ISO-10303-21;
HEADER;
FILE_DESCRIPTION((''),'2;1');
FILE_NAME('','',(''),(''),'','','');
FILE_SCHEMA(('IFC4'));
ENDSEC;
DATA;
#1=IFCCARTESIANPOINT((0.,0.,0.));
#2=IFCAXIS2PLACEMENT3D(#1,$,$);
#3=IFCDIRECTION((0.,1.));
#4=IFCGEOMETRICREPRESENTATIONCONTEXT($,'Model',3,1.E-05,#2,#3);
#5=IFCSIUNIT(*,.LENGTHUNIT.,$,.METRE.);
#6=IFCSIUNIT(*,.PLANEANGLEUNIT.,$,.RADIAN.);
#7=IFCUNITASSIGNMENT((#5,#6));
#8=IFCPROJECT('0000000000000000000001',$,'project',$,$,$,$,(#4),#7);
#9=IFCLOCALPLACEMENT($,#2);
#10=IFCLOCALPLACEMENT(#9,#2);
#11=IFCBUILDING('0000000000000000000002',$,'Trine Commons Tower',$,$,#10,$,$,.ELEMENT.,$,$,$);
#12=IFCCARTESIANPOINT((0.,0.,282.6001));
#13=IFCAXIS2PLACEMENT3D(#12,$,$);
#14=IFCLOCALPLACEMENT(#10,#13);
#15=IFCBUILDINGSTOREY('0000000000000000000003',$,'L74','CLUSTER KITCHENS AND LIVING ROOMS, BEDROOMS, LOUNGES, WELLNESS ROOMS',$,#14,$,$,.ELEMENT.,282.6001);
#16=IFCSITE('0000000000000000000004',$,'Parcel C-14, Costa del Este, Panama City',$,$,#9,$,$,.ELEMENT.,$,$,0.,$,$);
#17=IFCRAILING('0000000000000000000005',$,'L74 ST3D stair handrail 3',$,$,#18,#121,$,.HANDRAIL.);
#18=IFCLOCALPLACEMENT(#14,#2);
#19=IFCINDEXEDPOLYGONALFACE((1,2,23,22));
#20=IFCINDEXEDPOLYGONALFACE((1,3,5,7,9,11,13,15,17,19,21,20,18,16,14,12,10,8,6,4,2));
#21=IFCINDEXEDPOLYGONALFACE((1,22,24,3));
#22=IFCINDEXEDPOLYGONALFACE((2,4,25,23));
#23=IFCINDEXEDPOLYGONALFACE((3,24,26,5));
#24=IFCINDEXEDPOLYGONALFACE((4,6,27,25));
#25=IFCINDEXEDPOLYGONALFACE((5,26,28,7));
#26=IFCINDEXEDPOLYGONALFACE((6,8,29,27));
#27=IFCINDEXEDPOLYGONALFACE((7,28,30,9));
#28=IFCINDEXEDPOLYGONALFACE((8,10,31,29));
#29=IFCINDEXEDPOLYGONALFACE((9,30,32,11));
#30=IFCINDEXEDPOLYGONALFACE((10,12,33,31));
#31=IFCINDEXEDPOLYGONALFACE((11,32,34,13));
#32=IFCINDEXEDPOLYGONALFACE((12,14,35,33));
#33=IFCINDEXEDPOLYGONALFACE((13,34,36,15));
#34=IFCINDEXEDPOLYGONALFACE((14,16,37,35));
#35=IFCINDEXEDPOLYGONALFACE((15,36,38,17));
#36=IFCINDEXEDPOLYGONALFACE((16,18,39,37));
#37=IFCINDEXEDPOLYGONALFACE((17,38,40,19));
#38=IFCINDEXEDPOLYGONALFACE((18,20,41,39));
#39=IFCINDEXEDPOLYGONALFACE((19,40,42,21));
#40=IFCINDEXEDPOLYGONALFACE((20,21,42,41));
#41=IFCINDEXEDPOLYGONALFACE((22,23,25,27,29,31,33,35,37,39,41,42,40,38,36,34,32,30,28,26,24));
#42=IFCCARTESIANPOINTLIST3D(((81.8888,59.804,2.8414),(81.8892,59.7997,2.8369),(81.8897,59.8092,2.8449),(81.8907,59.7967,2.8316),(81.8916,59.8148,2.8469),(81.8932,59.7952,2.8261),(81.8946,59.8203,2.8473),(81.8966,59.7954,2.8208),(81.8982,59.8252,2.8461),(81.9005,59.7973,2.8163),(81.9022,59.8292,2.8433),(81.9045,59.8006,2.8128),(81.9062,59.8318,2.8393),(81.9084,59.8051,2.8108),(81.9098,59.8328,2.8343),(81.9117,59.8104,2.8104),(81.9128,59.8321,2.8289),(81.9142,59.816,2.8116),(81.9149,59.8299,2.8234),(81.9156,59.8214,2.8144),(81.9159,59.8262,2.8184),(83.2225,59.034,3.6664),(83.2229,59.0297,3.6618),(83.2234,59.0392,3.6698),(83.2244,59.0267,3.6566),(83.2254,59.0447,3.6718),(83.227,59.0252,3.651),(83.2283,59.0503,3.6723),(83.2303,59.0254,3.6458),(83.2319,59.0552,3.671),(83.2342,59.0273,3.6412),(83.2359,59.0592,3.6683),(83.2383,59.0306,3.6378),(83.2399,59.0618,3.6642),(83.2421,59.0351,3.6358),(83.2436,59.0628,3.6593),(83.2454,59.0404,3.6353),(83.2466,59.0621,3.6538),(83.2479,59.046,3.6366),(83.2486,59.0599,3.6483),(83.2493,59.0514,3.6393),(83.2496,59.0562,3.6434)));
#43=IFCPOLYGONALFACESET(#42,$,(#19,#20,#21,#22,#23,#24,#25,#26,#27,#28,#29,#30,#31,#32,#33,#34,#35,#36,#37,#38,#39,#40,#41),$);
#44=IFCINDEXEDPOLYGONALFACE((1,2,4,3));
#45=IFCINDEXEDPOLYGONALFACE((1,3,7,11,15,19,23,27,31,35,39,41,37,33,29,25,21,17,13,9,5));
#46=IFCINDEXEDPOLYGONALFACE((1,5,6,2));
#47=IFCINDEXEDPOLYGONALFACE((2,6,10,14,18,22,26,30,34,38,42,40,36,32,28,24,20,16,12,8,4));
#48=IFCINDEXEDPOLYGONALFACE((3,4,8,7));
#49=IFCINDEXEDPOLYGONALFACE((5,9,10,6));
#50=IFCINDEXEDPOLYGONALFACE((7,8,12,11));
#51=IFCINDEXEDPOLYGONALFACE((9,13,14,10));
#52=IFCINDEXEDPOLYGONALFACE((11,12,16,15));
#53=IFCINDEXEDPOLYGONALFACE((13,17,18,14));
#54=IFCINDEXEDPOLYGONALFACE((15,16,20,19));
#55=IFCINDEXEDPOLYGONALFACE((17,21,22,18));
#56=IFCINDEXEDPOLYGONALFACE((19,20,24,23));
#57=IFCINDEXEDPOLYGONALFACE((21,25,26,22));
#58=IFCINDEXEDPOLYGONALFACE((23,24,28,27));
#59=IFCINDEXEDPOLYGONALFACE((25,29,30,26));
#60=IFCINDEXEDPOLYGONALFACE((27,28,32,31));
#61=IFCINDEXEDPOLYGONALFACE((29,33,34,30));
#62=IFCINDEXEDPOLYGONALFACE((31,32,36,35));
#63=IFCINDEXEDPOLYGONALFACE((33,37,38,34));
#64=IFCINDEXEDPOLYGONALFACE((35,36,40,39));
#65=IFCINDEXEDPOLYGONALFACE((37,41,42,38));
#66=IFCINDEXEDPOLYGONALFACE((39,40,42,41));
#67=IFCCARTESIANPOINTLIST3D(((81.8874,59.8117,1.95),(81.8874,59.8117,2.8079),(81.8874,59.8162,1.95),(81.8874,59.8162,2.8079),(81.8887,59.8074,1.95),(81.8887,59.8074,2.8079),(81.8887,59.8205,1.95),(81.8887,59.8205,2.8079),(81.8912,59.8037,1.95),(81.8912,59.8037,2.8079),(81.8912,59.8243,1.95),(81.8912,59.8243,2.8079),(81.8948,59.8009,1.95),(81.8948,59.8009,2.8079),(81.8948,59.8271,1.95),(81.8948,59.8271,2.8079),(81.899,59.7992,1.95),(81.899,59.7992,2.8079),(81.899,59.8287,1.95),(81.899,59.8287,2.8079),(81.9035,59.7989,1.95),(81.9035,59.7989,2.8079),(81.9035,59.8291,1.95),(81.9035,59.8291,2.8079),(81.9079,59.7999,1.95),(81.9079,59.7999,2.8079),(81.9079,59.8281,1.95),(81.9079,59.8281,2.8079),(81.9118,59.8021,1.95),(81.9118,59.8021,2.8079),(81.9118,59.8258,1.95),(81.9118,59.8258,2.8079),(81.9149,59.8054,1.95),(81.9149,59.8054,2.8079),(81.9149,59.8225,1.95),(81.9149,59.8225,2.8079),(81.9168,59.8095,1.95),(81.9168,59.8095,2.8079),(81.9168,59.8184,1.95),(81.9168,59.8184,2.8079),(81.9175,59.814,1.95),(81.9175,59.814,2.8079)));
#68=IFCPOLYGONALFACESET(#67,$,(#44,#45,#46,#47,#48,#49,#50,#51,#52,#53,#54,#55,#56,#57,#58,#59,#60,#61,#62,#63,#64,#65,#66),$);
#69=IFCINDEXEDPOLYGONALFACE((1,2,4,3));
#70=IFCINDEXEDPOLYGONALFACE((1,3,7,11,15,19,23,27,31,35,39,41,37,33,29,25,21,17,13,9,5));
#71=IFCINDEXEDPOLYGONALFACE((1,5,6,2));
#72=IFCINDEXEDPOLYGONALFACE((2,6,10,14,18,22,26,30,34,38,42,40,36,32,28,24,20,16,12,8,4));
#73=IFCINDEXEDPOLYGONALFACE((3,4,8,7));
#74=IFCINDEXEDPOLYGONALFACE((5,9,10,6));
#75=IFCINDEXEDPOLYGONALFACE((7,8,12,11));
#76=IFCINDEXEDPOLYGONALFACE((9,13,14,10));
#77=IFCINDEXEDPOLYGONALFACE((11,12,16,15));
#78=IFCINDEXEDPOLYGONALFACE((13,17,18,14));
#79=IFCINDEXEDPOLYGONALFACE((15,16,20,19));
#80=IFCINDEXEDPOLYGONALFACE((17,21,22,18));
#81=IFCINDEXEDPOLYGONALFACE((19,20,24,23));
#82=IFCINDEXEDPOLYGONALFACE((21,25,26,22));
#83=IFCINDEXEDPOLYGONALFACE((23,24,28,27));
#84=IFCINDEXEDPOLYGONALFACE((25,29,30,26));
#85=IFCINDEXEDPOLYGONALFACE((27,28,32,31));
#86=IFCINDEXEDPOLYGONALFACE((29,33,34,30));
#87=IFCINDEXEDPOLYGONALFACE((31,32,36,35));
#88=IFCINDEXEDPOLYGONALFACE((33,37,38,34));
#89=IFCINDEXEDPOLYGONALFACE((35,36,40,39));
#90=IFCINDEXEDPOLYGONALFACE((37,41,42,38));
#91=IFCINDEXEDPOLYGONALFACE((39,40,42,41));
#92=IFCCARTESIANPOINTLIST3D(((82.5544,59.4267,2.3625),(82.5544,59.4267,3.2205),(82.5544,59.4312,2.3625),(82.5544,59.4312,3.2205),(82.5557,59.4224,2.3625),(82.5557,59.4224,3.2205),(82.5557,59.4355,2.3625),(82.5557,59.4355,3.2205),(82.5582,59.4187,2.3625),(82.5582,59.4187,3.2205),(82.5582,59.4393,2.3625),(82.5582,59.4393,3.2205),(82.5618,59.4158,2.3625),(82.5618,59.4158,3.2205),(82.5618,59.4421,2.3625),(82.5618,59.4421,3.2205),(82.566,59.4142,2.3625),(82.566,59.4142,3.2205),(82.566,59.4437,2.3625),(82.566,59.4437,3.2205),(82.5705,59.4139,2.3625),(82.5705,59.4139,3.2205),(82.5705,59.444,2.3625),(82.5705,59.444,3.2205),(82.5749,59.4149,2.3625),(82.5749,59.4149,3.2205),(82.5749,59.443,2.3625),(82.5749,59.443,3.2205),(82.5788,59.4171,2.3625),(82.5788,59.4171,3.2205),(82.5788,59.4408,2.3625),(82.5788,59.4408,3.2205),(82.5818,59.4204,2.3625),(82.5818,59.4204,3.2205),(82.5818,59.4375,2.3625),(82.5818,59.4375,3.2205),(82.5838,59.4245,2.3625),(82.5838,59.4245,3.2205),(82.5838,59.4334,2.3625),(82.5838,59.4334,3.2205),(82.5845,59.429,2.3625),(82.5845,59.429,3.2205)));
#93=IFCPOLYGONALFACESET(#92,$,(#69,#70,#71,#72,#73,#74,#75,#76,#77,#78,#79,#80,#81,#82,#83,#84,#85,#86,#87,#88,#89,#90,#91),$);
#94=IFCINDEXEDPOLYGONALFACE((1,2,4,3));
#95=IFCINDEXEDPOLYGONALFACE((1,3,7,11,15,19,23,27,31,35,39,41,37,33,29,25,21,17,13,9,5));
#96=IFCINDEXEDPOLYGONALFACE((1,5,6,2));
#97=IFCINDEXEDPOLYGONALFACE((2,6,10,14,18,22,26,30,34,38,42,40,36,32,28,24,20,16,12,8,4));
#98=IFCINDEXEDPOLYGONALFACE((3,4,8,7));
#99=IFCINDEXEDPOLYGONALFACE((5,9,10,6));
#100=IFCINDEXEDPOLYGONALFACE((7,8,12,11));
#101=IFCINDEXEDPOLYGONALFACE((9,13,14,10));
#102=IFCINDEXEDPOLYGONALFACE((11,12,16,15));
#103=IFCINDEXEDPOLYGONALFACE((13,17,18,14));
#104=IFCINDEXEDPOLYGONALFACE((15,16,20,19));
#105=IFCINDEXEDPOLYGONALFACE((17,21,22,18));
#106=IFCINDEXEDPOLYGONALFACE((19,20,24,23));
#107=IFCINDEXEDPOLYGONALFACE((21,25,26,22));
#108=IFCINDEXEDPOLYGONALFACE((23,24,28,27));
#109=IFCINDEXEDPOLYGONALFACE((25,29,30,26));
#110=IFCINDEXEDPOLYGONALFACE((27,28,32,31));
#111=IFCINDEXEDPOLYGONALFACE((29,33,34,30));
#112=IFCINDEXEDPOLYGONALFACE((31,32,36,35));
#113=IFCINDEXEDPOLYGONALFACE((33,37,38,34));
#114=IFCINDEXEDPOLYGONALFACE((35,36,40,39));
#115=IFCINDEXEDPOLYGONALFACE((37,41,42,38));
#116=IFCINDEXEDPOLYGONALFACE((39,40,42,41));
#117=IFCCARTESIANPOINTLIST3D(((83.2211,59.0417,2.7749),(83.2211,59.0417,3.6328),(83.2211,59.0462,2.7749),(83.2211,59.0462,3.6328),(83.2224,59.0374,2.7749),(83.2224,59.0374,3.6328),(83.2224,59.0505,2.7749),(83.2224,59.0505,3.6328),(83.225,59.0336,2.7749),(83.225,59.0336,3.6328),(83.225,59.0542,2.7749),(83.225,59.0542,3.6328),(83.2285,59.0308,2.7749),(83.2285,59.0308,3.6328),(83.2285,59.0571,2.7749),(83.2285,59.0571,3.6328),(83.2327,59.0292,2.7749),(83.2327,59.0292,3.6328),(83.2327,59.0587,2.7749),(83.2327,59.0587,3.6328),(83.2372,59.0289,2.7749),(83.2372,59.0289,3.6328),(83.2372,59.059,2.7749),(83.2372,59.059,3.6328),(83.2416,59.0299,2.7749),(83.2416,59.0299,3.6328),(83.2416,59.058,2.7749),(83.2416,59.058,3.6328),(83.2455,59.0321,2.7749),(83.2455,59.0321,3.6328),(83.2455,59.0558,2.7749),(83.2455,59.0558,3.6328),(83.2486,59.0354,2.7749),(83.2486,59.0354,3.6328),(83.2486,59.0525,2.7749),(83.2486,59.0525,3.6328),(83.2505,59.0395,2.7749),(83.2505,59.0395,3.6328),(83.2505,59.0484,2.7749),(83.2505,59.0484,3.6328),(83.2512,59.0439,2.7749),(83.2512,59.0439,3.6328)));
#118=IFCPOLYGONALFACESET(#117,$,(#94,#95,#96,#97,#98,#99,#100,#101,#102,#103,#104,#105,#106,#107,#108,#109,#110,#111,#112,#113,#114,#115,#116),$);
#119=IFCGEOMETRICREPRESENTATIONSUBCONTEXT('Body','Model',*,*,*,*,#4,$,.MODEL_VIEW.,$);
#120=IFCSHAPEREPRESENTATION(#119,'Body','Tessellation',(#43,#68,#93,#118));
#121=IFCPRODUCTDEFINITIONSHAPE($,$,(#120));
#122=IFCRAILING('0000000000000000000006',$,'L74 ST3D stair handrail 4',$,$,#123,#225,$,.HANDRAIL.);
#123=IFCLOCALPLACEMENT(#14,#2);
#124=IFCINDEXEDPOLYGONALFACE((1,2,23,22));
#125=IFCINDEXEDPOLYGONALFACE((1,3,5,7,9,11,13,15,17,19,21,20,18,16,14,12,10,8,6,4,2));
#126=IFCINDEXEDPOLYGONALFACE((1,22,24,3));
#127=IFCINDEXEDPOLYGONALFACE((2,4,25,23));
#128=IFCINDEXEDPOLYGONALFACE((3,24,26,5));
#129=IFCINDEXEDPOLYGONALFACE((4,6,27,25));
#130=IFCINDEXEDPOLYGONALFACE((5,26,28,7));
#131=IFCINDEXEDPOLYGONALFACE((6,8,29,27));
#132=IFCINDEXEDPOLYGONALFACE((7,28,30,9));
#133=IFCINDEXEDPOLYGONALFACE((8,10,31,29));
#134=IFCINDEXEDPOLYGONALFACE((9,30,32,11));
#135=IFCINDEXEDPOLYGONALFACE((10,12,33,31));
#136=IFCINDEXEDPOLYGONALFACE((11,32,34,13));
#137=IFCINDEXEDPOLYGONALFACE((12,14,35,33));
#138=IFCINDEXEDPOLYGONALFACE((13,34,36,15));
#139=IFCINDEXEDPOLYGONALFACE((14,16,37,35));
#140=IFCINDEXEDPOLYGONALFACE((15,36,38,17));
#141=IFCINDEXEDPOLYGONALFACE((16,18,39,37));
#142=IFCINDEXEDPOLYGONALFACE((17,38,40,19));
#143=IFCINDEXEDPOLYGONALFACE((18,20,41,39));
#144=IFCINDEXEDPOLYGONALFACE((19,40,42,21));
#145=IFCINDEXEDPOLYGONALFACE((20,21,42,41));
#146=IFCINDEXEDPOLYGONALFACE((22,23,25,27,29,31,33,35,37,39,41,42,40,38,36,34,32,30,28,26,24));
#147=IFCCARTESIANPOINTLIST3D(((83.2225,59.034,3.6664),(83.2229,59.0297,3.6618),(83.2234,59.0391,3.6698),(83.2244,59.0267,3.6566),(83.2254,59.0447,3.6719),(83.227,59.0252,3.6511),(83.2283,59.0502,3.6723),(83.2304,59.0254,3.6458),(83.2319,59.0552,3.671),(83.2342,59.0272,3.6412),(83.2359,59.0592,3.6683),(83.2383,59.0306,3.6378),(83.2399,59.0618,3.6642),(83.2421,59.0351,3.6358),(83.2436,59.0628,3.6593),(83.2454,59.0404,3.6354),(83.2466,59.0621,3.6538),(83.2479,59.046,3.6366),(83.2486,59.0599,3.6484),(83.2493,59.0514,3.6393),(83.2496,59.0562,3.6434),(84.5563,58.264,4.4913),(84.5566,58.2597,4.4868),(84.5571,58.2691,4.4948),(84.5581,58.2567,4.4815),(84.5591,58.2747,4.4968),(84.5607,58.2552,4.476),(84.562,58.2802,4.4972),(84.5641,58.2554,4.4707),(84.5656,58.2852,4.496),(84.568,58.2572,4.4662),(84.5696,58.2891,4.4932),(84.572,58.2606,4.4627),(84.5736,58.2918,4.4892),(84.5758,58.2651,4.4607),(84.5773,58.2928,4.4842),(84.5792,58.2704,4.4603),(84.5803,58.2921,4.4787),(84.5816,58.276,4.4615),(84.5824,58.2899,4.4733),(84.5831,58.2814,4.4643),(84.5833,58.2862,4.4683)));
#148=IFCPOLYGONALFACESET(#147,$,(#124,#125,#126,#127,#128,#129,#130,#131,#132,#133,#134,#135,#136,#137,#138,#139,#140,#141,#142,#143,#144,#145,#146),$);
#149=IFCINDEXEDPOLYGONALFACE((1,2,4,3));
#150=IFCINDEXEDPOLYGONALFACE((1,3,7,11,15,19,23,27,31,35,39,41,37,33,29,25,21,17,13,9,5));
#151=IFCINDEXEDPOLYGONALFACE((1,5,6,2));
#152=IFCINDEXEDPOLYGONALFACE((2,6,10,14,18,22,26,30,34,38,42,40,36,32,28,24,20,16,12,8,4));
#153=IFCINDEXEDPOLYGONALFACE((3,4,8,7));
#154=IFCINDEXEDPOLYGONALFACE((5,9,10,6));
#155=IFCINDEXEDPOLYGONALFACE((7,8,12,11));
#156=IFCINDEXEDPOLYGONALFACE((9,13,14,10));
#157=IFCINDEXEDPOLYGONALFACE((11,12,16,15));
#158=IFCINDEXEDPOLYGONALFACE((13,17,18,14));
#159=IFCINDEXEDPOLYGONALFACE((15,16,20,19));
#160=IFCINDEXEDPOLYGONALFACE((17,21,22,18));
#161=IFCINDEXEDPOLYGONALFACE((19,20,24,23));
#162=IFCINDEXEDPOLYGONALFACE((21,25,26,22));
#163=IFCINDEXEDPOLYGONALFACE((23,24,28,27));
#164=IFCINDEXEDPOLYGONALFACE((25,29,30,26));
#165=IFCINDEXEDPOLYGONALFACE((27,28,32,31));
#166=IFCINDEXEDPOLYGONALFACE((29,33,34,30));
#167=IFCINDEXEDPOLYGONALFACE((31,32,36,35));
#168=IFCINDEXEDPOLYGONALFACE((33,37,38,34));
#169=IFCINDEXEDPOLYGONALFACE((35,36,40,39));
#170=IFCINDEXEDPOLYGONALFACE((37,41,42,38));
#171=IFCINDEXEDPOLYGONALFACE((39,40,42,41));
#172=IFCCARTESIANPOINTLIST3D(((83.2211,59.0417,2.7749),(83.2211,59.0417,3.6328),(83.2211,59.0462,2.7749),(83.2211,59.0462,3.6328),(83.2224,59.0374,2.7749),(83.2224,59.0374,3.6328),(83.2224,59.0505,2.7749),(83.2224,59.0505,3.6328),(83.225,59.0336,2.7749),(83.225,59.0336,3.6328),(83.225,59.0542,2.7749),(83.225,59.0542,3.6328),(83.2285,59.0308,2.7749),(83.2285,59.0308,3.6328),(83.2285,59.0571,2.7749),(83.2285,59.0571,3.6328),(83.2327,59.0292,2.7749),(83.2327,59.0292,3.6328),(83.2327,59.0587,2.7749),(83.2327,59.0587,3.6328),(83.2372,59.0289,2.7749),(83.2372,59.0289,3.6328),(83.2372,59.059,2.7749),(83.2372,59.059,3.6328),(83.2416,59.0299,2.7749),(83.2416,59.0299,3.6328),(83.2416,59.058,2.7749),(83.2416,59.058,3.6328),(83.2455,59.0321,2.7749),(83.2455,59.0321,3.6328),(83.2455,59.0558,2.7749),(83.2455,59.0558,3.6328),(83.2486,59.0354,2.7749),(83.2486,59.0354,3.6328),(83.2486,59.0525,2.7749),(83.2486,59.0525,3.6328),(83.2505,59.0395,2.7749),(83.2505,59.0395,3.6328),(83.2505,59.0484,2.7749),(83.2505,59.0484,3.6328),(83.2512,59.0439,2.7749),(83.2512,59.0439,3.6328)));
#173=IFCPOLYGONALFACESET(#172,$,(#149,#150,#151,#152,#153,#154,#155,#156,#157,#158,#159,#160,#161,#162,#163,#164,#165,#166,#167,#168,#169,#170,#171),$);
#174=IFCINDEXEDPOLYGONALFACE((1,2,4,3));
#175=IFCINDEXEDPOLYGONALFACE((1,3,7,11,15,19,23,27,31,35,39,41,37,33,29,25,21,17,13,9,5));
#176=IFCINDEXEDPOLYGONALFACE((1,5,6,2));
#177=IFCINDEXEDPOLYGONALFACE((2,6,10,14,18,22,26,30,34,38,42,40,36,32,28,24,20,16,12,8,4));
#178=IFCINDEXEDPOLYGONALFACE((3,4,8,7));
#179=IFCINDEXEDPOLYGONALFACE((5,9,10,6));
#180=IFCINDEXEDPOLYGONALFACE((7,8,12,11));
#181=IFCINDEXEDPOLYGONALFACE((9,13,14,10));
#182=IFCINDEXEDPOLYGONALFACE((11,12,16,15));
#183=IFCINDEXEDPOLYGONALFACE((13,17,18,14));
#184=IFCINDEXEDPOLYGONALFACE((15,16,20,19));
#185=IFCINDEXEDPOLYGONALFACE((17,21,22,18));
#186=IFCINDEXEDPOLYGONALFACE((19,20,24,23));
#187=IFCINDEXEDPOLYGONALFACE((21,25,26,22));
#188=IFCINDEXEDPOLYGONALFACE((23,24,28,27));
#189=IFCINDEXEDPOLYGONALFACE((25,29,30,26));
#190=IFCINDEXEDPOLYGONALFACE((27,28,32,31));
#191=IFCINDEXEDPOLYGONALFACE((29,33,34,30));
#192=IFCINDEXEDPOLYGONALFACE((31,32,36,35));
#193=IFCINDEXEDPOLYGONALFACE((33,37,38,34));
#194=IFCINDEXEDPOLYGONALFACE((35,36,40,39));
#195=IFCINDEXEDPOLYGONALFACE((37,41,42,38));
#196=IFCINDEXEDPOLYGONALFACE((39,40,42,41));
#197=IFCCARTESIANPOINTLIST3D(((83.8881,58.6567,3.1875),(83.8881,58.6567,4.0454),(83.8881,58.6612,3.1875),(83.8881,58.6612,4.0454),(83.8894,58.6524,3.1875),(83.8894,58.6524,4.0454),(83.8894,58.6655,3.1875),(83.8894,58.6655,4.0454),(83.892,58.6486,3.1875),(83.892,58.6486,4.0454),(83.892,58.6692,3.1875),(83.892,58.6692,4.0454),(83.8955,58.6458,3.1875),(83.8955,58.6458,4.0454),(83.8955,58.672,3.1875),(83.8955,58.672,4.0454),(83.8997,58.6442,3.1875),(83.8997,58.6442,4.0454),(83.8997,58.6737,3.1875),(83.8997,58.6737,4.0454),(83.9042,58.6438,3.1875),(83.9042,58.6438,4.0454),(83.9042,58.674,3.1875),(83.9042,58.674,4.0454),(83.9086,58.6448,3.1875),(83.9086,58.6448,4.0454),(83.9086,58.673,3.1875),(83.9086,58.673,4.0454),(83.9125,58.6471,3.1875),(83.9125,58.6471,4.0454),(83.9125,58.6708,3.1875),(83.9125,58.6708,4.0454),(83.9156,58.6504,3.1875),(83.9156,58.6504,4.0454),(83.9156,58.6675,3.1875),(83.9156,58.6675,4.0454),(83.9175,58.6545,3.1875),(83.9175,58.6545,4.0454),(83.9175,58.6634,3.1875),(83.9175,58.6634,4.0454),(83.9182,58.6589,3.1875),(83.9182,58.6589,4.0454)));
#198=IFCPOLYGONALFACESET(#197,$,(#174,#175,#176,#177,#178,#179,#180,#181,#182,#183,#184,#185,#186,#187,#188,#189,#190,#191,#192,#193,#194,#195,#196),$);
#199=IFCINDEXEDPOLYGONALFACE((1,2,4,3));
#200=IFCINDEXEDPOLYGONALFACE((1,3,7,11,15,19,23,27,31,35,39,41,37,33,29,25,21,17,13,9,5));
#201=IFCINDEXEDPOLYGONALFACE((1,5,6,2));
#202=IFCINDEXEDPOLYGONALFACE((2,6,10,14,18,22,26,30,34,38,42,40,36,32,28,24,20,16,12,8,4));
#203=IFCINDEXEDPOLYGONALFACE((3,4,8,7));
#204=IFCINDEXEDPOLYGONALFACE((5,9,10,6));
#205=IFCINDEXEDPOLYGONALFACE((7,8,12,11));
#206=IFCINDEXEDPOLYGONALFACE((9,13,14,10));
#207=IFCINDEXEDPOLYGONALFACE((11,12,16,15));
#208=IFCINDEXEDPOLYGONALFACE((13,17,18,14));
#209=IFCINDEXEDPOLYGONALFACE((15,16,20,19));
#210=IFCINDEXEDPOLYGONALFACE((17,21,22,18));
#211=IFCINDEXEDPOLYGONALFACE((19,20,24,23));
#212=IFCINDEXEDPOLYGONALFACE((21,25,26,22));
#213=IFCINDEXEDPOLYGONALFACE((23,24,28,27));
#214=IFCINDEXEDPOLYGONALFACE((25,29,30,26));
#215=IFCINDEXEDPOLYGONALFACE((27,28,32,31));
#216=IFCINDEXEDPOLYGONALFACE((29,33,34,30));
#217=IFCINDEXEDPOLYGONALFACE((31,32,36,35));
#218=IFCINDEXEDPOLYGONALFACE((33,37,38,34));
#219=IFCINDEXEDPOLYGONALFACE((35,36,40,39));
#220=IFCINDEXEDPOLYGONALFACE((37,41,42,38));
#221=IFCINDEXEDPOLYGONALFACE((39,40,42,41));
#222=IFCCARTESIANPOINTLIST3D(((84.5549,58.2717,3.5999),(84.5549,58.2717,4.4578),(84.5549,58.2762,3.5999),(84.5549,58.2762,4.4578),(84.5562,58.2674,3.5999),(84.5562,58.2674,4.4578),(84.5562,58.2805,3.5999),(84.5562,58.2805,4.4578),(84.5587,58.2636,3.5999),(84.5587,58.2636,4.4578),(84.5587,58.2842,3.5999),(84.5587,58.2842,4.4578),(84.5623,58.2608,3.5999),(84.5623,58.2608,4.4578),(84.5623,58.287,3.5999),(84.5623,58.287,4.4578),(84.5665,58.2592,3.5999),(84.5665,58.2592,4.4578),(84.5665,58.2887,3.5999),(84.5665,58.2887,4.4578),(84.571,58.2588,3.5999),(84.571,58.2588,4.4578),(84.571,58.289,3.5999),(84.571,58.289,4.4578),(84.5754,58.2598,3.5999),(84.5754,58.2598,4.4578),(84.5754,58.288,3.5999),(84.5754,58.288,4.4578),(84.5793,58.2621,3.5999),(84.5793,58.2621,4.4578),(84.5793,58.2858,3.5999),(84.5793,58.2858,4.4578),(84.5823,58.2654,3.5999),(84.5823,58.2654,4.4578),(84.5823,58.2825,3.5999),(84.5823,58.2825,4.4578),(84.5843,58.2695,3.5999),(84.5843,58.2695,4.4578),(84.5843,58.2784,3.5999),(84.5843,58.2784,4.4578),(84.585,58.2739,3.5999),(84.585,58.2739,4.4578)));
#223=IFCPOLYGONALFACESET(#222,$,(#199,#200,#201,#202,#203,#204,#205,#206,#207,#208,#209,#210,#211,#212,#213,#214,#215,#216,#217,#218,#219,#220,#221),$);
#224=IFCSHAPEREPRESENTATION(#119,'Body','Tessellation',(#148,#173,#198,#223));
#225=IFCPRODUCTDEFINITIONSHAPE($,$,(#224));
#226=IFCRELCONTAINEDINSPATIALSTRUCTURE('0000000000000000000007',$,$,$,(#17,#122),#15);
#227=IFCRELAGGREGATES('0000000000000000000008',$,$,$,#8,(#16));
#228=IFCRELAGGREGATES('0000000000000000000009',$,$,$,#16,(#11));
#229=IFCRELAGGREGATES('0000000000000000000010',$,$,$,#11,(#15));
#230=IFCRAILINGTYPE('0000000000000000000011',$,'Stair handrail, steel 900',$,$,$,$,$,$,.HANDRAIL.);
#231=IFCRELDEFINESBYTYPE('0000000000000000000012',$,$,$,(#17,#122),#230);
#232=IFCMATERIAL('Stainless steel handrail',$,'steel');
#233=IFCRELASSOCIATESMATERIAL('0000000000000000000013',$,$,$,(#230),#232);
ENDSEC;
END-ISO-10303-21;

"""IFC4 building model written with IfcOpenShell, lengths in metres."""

from ifc_helpers import new_model, si_unit, direction, frame, origin, origin_2d, place, context, subcontext, project, spatial, circle, extrude, material, type_object, element, save


model = new_model("IFC4")

# Units and contexts
model_context = context("Model", 3, precision=1e-05, world=origin(), true_north=direction((0.0, 1.0)))
body_context = subcontext(model_context, "Body", "Model", "MODEL_VIEW")
ifc_project = project(units=[si_unit("LENGTHUNIT", "METRE"), si_unit("PLANEANGLEUNIT", "RADIAN")], contexts=[model_context])

# Site, building, storey
site_placement = place(None, origin())
site = spatial("IfcSite", under=ifc_project, at=site_placement, Name="Parcel C-14, Costa del Este, Panama City", CompositionType="ELEMENT", RefElevation=0.0)
building_placement = place(site_placement, origin())
building = spatial("IfcBuilding", under=site, at=building_placement, Name="Trine Commons Tower", CompositionType="ELEMENT")
storey_placement = place(building_placement, frame((0.0, 0.0, 282.6001)))
storey = spatial("IfcBuildingStorey", under=building, at=storey_placement, Name="L74", Description="CLUSTER KITCHENS AND LIVING ROOMS, BEDROOMS, LOUNGES, WELLNESS ROOMS", CompositionType="ELEMENT", Elevation=282.6001)

# Railings
ifc_material_1 = material(Name="Stainless steel handrail", Category="steel")
railing_type_1 = type_object("IfcRailingType", Name="Stair handrail, steel 900", PredefinedType="HANDRAIL", material=ifc_material_1)
for number, where, name in (
    (1, (81.9023, 59.814, 1.95), "L74 ST3D stair handrail 3"),
    (2, (83.2361, 59.0439, 2.7749), "L74 ST3D stair handrail 4"),
):
    element("IfcRailing", number, at=place(storey_placement, frame(where)), inside=storey, type_object=railing_type_1, Name=name, PredefinedType="HANDRAIL", context=body_context, shape_type="SweptSolid", body=[
        extrude(circle(Radius=0.021, at=origin_2d()), frame((0.0, 0.0, 0.8789), z_axis=(0.763405, -0.440743, 0.472185), x_axis=(0.499992, 0.86603, 0.0)), (0.0, 0.0, 1.0), 1.7471),
        extrude(circle(Radius=0.0151, at=origin_2d()), origin(), (0.0, 0.0, 1.0), 0.8579),
        extrude(circle(Radius=0.0151, at=origin_2d()), frame((0.667, -0.385, 0.4126)), (0.0, 0.0, 1.0), 0.8579),
        extrude(circle(Radius=0.0151, at=origin_2d()), frame((1.3337, -0.77, 0.825)), (0.0, 0.0, 1.0), 0.8579),
    ])

save(model, "model.ifc")
